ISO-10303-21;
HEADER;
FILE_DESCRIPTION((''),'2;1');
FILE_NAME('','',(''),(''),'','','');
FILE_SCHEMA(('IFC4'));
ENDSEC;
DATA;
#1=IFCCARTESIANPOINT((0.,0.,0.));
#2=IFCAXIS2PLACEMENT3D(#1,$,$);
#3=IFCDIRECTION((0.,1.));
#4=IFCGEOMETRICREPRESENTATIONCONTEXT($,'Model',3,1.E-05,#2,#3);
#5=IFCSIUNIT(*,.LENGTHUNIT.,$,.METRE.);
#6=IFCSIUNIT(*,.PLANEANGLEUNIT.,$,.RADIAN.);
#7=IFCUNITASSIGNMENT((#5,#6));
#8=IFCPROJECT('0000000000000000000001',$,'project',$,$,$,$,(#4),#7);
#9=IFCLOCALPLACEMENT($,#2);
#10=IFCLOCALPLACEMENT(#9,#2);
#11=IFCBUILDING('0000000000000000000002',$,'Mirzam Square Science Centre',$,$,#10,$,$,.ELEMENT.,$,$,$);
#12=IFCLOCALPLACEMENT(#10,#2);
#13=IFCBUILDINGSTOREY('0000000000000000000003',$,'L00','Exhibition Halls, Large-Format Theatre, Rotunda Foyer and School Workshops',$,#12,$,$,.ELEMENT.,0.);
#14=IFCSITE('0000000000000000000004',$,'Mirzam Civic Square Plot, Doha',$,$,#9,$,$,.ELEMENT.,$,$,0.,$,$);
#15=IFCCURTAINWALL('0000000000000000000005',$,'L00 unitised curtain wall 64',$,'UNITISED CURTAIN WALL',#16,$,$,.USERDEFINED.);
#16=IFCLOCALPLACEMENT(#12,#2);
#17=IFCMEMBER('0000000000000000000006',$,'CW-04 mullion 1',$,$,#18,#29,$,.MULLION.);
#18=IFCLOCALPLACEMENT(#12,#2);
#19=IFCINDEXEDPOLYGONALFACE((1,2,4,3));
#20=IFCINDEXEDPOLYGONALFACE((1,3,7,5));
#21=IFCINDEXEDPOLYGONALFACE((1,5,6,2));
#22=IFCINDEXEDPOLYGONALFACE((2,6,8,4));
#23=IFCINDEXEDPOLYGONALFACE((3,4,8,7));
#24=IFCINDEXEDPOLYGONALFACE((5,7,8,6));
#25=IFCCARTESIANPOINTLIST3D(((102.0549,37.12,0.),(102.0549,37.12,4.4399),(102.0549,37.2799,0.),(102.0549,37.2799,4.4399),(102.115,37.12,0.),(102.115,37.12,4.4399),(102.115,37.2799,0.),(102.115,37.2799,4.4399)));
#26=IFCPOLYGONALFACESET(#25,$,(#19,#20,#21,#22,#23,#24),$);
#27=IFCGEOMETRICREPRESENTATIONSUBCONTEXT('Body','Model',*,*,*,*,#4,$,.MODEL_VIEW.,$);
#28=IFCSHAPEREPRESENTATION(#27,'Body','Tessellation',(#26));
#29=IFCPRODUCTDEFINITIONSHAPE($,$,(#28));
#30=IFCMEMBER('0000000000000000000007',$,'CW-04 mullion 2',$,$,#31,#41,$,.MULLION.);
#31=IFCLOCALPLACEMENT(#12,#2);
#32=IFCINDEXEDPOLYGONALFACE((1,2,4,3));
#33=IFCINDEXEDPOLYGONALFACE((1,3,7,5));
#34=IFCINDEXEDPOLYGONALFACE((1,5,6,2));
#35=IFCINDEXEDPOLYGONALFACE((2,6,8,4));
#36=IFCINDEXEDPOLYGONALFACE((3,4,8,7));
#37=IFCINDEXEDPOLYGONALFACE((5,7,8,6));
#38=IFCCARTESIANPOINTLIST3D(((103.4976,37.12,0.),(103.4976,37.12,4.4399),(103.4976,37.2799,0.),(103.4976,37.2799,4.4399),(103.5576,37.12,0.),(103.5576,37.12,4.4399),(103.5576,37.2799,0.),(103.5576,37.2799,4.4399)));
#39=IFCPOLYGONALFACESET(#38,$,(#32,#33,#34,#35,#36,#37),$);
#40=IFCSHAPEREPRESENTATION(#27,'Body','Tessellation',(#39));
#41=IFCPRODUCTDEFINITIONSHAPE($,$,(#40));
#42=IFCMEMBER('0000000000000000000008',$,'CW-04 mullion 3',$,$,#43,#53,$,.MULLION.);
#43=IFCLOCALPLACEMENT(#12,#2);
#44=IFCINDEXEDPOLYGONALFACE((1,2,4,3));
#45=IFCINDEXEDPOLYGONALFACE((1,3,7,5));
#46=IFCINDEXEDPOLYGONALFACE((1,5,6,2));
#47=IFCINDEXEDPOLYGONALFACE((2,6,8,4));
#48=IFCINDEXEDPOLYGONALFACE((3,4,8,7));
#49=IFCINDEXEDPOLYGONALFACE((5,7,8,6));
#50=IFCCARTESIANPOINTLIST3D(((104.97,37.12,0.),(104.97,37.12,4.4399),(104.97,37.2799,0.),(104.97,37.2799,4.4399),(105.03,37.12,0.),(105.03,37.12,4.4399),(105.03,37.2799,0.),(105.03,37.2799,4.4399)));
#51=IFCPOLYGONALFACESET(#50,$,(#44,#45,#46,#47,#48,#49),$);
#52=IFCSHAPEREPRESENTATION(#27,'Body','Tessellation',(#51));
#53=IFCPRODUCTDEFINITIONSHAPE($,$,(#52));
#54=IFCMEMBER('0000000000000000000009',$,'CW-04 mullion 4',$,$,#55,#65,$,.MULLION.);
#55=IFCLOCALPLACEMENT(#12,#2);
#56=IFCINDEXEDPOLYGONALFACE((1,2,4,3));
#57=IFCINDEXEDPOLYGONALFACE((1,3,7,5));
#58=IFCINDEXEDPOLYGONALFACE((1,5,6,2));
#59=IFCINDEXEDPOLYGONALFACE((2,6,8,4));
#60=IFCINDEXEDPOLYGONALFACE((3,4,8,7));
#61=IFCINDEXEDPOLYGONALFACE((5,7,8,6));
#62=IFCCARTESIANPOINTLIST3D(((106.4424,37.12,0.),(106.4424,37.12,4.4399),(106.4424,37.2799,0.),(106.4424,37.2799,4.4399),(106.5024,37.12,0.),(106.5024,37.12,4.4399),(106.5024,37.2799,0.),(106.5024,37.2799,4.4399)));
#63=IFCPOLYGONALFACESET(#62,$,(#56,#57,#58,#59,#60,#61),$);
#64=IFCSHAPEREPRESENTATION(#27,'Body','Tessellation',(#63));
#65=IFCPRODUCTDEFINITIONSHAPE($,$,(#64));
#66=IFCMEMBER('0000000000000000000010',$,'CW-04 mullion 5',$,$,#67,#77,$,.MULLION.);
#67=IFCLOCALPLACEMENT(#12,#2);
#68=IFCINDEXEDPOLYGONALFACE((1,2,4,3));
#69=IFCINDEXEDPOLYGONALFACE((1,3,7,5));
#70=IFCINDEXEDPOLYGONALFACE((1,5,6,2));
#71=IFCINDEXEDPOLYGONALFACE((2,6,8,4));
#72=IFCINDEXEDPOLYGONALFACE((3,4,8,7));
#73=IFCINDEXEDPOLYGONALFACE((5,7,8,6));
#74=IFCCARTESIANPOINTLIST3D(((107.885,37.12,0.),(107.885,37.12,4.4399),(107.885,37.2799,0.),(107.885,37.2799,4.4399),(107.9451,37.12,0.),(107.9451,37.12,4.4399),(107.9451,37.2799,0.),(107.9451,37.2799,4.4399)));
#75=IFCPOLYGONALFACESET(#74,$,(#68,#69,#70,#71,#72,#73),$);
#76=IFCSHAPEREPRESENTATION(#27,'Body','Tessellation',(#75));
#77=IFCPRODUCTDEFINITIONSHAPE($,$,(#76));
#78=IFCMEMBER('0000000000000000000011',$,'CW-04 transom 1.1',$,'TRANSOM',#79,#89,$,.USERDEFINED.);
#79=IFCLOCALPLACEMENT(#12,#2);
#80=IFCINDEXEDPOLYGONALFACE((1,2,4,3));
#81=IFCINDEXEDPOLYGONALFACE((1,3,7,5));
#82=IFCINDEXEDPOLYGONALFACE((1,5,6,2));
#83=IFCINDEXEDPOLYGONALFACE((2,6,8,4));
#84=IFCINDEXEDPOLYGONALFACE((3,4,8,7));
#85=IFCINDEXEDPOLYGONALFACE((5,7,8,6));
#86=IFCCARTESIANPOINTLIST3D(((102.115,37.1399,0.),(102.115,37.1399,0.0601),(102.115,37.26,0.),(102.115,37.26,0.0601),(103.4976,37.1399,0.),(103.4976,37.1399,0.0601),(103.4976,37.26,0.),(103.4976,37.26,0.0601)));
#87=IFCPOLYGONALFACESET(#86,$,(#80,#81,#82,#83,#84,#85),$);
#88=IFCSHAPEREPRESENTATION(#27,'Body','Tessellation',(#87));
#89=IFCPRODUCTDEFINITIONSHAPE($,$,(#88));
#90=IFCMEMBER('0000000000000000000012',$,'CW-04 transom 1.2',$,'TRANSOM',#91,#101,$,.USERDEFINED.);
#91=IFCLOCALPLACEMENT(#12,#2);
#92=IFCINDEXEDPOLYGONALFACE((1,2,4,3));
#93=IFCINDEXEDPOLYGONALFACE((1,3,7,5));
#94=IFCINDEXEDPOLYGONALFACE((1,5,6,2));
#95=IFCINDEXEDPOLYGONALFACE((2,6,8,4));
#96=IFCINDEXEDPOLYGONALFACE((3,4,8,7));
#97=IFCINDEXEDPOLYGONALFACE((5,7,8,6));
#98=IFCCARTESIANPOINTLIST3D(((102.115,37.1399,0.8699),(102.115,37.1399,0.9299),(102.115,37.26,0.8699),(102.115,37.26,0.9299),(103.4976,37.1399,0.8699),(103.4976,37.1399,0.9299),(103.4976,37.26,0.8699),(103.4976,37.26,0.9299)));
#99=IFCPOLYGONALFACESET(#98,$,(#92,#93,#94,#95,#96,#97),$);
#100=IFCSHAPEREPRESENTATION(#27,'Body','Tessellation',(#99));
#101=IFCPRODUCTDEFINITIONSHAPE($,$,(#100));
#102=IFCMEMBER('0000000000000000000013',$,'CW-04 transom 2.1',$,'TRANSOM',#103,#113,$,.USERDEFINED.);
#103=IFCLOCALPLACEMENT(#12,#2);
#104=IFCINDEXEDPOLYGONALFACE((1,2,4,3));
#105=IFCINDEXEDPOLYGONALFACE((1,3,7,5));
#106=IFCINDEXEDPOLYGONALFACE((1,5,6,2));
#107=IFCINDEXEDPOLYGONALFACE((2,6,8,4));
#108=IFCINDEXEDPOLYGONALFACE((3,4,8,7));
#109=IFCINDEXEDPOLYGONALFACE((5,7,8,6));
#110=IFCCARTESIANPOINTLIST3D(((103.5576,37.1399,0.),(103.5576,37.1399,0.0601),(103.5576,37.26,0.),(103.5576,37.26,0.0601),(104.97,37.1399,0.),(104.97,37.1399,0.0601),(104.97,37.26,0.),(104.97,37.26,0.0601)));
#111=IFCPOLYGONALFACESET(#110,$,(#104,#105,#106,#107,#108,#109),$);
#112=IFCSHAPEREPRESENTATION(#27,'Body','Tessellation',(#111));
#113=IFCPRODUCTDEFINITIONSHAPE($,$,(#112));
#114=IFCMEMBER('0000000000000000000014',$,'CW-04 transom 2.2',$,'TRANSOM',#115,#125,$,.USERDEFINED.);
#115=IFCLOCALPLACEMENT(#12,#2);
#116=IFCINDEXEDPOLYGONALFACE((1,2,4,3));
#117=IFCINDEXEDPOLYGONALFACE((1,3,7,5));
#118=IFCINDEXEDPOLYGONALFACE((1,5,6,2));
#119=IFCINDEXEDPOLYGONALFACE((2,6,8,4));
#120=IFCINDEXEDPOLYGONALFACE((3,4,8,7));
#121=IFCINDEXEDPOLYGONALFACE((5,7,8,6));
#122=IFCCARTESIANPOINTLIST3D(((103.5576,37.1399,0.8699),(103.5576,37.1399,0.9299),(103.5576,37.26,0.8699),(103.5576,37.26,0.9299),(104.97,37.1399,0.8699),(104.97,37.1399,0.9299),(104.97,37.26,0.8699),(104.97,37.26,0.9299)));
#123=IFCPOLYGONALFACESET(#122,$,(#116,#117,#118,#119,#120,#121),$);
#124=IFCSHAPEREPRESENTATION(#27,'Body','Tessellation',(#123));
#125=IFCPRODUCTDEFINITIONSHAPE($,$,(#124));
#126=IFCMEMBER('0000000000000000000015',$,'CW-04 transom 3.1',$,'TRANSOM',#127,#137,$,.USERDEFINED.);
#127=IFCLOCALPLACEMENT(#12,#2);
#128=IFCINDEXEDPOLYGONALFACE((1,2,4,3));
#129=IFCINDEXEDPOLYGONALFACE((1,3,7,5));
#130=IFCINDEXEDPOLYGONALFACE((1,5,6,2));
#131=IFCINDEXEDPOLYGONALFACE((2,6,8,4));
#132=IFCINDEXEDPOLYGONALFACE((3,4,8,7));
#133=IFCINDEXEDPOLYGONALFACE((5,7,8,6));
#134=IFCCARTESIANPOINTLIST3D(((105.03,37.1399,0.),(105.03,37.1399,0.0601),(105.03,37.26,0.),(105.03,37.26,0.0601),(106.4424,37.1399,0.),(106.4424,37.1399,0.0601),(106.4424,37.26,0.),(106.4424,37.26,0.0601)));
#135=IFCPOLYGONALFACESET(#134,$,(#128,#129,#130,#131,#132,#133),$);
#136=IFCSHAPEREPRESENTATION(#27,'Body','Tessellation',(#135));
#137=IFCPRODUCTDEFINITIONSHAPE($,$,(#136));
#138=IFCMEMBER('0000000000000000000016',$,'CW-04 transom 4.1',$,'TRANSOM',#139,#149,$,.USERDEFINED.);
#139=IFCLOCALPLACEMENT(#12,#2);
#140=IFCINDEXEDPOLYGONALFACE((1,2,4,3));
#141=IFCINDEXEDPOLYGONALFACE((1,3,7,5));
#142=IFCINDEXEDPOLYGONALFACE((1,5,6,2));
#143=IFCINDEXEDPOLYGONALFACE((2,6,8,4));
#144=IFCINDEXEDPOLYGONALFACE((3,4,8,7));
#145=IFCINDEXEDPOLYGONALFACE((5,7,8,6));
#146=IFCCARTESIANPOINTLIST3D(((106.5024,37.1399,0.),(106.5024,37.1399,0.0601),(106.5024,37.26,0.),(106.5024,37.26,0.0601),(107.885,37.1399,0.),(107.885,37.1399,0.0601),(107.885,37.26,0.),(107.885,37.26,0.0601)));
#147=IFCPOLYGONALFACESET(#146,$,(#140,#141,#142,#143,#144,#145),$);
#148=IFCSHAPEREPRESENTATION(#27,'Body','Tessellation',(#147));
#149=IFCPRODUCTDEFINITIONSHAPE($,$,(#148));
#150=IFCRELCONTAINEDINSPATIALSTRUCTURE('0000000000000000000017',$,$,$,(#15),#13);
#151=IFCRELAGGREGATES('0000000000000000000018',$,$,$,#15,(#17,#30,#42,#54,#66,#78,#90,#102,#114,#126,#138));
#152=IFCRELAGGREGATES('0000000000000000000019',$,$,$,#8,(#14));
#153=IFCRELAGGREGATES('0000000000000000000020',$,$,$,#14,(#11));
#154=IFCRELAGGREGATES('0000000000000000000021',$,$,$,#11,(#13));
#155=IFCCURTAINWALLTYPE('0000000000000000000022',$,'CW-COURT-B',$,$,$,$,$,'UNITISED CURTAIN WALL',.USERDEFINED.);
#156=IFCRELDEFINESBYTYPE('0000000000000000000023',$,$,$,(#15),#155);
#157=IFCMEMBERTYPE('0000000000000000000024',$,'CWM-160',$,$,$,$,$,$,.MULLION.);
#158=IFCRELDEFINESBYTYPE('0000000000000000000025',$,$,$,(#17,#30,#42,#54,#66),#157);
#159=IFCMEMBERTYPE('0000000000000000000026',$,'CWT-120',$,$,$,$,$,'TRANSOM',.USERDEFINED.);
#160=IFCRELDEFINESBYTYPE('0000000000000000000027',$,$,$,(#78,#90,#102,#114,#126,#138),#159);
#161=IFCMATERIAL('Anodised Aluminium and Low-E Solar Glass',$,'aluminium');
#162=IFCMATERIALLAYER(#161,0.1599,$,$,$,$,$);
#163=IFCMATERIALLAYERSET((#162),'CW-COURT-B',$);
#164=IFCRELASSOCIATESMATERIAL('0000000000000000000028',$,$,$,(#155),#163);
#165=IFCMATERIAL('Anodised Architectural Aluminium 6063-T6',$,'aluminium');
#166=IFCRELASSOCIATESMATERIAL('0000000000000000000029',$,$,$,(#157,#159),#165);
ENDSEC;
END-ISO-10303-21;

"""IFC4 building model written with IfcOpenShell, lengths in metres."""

from ifc_helpers import new_model, si_unit, direction, frame, origin, origin_2d, place, context, subcontext, project, spatial, rectangle, extrude, material, layer, layer_set, material_profile, profile_set, type_object, element, aggregate, save


model = new_model("IFC4")

# Units and contexts
model_context = context("Model", 3, precision=1e-05, world=origin(), true_north=direction((0.0, 1.0)))
body_context = subcontext(model_context, "Body", "Model", "MODEL_VIEW")
ifc_project = project(units=[si_unit("LENGTHUNIT", "METRE"), si_unit("PLANEANGLEUNIT", "RADIAN")], contexts=[model_context])

# Site, building, storey
site_placement = place(None, origin())
site = spatial("IfcSite", under=ifc_project, at=site_placement, Name="Mirzam Civic Square Plot, Doha", CompositionType="ELEMENT", RefElevation=0.0)
building_placement = place(site_placement, origin())
building = spatial("IfcBuilding", under=site, at=building_placement, Name="Mirzam Square Science Centre", CompositionType="ELEMENT")
storey_placement = place(building_placement, origin())
storey = spatial("IfcBuildingStorey", under=building, at=storey_placement, Name="L00", Description="Exhibition Halls, Large-Format Theatre, Rotunda Foyer and School Workshops", CompositionType="ELEMENT", Elevation=0.0)

# Curtain wall, members
ifc_material_1 = material(Name="Anodised Aluminium and Low-E Solar Glass", Category="aluminium")
ifc_layer_1 = layer(ifc_material_1, 0.1599)
ifc_layer_set_1 = layer_set([ifc_layer_1], Name="CW-COURT-B")
curtain_wall_type = type_object("IfcCurtainWallType", Name="CW-COURT-B", ElementType="UNITISED CURTAIN WALL", PredefinedType="USERDEFINED", material=ifc_layer_set_1)
curtain_wall_placement = place(storey_placement, origin())
curtain_wall = element("IfcCurtainWall", 1, at=curtain_wall_placement, inside=storey, type_object=curtain_wall_type, Name="L00 unitised curtain wall 64", ObjectType="UNITISED CURTAIN WALL", PredefinedType="USERDEFINED")
ifc_material_2 = material(Name="Anodised Architectural Aluminium 6063-T6", Category="aluminium")
ifc_material_profile_1 = material_profile(ifc_material_2, rectangle(XDim=0.0601, YDim=0.1599, at=origin_2d()), Name="ALU-MULL-160x60x4")
ifc_profile_set_1 = profile_set([ifc_material_profile_1], Name="Anodised Architectural Aluminium 6063-T6")
member_type_1 = type_object("IfcMemberType", Name="CWM-160", PredefinedType="MULLION", material=ifc_profile_set_1)
member_1_placement = place(storey_placement, frame((102.085, 37.2, 0.0), z_axis=(0.0, 0.0, 1.0), x_axis=(1.0, 0.0, 0.0)))
member_1 = element("IfcMember", 2, at=member_1_placement, type_object=member_type_1, Name="CW-04 mullion 1", PredefinedType="MULLION", context=body_context, shape_type="SweptSolid", body=[
    extrude(rectangle(XDim=0.0601, YDim=0.1599, at=origin_2d()), origin(), (0.0, 0.0, 1.0), 4.4399),
])
member_2_placement = place(storey_placement, frame((103.5276, 37.2, 0.0), z_axis=(0.0, 0.0, 1.0), x_axis=(1.0, 0.0, 0.0)))
member_2 = element("IfcMember", 3, at=member_2_placement, type_object=member_type_1, Name="CW-04 mullion 2", PredefinedType="MULLION", context=body_context, shape_type="SweptSolid", body=[
    extrude(rectangle(XDim=0.0601, YDim=0.1599, at=origin_2d()), origin(), (0.0, 0.0, 1.0), 4.4399),
])
member_3_placement = place(storey_placement, frame((105.0, 37.2, 0.0), z_axis=(0.0, 0.0, 1.0), x_axis=(1.0, 0.0, 0.0)))
member_3 = element("IfcMember", 4, at=member_3_placement, type_object=member_type_1, Name="CW-04 mullion 3", PredefinedType="MULLION", context=body_context, shape_type="SweptSolid", body=[
    extrude(rectangle(XDim=0.0601, YDim=0.1599, at=origin_2d()), origin(), (0.0, 0.0, 1.0), 4.4399),
])
member_4_placement = place(storey_placement, frame((106.4724, 37.2, 0.0), z_axis=(0.0, 0.0, 1.0), x_axis=(1.0, 0.0, 0.0)))
member_4 = element("IfcMember", 5, at=member_4_placement, type_object=member_type_1, Name="CW-04 mullion 4", PredefinedType="MULLION", context=body_context, shape_type="SweptSolid", body=[
    extrude(rectangle(XDim=0.0601, YDim=0.1599, at=origin_2d()), origin(), (0.0, 0.0, 1.0), 4.4399),
])
member_5_placement = place(storey_placement, frame((107.915, 37.2, 0.0), z_axis=(0.0, 0.0, 1.0), x_axis=(1.0, 0.0, 0.0)))
member_5 = element("IfcMember", 6, at=member_5_placement, type_object=member_type_1, Name="CW-04 mullion 5", PredefinedType="MULLION", context=body_context, shape_type="SweptSolid", body=[
    extrude(rectangle(XDim=0.0601, YDim=0.1599, at=origin_2d()), origin(), (0.0, 0.0, 1.0), 4.4399),
])
ifc_material_profile_2 = material_profile(ifc_material_2, rectangle(XDim=0.1201, YDim=0.0601, at=origin_2d()), Name="ALU-TRAN-120x60x4")
ifc_profile_set_2 = profile_set([ifc_material_profile_2], Name="Anodised Architectural Aluminium 6063-T6")
member_type_2 = type_object("IfcMemberType", Name="CWT-120", ElementType="TRANSOM", PredefinedType="USERDEFINED", material=ifc_profile_set_2)
member_6_placement = place(storey_placement, frame((102.115, 37.2, 0.03), z_axis=(1.0, 0.0, 0.0), x_axis=(0.0, 1.0, 0.0)))
member_6 = element("IfcMember", 7, at=member_6_placement, type_object=member_type_2, Name="CW-04 transom 1.1", ObjectType="TRANSOM", PredefinedType="USERDEFINED", context=body_context, shape_type="SweptSolid", body=[
    extrude(rectangle(XDim=0.1201, YDim=0.0601, at=origin_2d()), origin(), (0.0, 0.0, 1.0), 1.3826),
])
member_7_placement = place(storey_placement, frame((102.115, 37.2, 0.8999), z_axis=(1.0, 0.0, 0.0), x_axis=(0.0, 1.0, 0.0)))
member_7 = element("IfcMember", 8, at=member_7_placement, type_object=member_type_2, Name="CW-04 transom 1.2", ObjectType="TRANSOM", PredefinedType="USERDEFINED", context=body_context, shape_type="SweptSolid", body=[
    extrude(rectangle(XDim=0.1201, YDim=0.0601, at=origin_2d()), origin(), (0.0, 0.0, 1.0), 1.3826),
])
member_8_placement = place(storey_placement, frame((103.5576, 37.2, 0.03), z_axis=(1.0, 0.0, 0.0), x_axis=(0.0, 1.0, 0.0)))
member_8 = element("IfcMember", 9, at=member_8_placement, type_object=member_type_2, Name="CW-04 transom 2.1", ObjectType="TRANSOM", PredefinedType="USERDEFINED", context=body_context, shape_type="SweptSolid", body=[
    extrude(rectangle(XDim=0.1201, YDim=0.0601, at=origin_2d()), origin(), (0.0, 0.0, 1.0), 1.4124),
])
member_9_placement = place(storey_placement, frame((103.5576, 37.2, 0.8999), z_axis=(1.0, 0.0, 0.0), x_axis=(0.0, 1.0, 0.0)))
member_9 = element("IfcMember", 10, at=member_9_placement, type_object=member_type_2, Name="CW-04 transom 2.2", ObjectType="TRANSOM", PredefinedType="USERDEFINED", context=body_context, shape_type="SweptSolid", body=[
    extrude(rectangle(XDim=0.1201, YDim=0.0601, at=origin_2d()), origin(), (0.0, 0.0, 1.0), 1.4124),
])
member_10_placement = place(storey_placement, frame((105.03, 37.2, 0.03), z_axis=(1.0, 0.0, 0.0), x_axis=(0.0, 1.0, 0.0)))
member_10 = element("IfcMember", 11, at=member_10_placement, type_object=member_type_2, Name="CW-04 transom 3.1", ObjectType="TRANSOM", PredefinedType="USERDEFINED", context=body_context, shape_type="SweptSolid", body=[
    extrude(rectangle(XDim=0.1201, YDim=0.0601, at=origin_2d()), origin(), (0.0, 0.0, 1.0), 1.4124),
])
member_11_placement = place(storey_placement, frame((106.5024, 37.2, 0.03), z_axis=(1.0, 0.0, 0.0), x_axis=(0.0, 1.0, 0.0)))
member_11 = element("IfcMember", 12, at=member_11_placement, type_object=member_type_2, Name="CW-04 transom 4.1", ObjectType="TRANSOM", PredefinedType="USERDEFINED", context=body_context, shape_type="SweptSolid", body=[
    extrude(rectangle(XDim=0.1201, YDim=0.0601, at=origin_2d()), origin(), (0.0, 0.0, 1.0), 1.3826),
])

aggregate(curtain_wall, [member_1, member_2, member_3, member_4, member_5, member_6, member_7, member_8, member_9, member_10, member_11])

save(model, "model.ifc")
